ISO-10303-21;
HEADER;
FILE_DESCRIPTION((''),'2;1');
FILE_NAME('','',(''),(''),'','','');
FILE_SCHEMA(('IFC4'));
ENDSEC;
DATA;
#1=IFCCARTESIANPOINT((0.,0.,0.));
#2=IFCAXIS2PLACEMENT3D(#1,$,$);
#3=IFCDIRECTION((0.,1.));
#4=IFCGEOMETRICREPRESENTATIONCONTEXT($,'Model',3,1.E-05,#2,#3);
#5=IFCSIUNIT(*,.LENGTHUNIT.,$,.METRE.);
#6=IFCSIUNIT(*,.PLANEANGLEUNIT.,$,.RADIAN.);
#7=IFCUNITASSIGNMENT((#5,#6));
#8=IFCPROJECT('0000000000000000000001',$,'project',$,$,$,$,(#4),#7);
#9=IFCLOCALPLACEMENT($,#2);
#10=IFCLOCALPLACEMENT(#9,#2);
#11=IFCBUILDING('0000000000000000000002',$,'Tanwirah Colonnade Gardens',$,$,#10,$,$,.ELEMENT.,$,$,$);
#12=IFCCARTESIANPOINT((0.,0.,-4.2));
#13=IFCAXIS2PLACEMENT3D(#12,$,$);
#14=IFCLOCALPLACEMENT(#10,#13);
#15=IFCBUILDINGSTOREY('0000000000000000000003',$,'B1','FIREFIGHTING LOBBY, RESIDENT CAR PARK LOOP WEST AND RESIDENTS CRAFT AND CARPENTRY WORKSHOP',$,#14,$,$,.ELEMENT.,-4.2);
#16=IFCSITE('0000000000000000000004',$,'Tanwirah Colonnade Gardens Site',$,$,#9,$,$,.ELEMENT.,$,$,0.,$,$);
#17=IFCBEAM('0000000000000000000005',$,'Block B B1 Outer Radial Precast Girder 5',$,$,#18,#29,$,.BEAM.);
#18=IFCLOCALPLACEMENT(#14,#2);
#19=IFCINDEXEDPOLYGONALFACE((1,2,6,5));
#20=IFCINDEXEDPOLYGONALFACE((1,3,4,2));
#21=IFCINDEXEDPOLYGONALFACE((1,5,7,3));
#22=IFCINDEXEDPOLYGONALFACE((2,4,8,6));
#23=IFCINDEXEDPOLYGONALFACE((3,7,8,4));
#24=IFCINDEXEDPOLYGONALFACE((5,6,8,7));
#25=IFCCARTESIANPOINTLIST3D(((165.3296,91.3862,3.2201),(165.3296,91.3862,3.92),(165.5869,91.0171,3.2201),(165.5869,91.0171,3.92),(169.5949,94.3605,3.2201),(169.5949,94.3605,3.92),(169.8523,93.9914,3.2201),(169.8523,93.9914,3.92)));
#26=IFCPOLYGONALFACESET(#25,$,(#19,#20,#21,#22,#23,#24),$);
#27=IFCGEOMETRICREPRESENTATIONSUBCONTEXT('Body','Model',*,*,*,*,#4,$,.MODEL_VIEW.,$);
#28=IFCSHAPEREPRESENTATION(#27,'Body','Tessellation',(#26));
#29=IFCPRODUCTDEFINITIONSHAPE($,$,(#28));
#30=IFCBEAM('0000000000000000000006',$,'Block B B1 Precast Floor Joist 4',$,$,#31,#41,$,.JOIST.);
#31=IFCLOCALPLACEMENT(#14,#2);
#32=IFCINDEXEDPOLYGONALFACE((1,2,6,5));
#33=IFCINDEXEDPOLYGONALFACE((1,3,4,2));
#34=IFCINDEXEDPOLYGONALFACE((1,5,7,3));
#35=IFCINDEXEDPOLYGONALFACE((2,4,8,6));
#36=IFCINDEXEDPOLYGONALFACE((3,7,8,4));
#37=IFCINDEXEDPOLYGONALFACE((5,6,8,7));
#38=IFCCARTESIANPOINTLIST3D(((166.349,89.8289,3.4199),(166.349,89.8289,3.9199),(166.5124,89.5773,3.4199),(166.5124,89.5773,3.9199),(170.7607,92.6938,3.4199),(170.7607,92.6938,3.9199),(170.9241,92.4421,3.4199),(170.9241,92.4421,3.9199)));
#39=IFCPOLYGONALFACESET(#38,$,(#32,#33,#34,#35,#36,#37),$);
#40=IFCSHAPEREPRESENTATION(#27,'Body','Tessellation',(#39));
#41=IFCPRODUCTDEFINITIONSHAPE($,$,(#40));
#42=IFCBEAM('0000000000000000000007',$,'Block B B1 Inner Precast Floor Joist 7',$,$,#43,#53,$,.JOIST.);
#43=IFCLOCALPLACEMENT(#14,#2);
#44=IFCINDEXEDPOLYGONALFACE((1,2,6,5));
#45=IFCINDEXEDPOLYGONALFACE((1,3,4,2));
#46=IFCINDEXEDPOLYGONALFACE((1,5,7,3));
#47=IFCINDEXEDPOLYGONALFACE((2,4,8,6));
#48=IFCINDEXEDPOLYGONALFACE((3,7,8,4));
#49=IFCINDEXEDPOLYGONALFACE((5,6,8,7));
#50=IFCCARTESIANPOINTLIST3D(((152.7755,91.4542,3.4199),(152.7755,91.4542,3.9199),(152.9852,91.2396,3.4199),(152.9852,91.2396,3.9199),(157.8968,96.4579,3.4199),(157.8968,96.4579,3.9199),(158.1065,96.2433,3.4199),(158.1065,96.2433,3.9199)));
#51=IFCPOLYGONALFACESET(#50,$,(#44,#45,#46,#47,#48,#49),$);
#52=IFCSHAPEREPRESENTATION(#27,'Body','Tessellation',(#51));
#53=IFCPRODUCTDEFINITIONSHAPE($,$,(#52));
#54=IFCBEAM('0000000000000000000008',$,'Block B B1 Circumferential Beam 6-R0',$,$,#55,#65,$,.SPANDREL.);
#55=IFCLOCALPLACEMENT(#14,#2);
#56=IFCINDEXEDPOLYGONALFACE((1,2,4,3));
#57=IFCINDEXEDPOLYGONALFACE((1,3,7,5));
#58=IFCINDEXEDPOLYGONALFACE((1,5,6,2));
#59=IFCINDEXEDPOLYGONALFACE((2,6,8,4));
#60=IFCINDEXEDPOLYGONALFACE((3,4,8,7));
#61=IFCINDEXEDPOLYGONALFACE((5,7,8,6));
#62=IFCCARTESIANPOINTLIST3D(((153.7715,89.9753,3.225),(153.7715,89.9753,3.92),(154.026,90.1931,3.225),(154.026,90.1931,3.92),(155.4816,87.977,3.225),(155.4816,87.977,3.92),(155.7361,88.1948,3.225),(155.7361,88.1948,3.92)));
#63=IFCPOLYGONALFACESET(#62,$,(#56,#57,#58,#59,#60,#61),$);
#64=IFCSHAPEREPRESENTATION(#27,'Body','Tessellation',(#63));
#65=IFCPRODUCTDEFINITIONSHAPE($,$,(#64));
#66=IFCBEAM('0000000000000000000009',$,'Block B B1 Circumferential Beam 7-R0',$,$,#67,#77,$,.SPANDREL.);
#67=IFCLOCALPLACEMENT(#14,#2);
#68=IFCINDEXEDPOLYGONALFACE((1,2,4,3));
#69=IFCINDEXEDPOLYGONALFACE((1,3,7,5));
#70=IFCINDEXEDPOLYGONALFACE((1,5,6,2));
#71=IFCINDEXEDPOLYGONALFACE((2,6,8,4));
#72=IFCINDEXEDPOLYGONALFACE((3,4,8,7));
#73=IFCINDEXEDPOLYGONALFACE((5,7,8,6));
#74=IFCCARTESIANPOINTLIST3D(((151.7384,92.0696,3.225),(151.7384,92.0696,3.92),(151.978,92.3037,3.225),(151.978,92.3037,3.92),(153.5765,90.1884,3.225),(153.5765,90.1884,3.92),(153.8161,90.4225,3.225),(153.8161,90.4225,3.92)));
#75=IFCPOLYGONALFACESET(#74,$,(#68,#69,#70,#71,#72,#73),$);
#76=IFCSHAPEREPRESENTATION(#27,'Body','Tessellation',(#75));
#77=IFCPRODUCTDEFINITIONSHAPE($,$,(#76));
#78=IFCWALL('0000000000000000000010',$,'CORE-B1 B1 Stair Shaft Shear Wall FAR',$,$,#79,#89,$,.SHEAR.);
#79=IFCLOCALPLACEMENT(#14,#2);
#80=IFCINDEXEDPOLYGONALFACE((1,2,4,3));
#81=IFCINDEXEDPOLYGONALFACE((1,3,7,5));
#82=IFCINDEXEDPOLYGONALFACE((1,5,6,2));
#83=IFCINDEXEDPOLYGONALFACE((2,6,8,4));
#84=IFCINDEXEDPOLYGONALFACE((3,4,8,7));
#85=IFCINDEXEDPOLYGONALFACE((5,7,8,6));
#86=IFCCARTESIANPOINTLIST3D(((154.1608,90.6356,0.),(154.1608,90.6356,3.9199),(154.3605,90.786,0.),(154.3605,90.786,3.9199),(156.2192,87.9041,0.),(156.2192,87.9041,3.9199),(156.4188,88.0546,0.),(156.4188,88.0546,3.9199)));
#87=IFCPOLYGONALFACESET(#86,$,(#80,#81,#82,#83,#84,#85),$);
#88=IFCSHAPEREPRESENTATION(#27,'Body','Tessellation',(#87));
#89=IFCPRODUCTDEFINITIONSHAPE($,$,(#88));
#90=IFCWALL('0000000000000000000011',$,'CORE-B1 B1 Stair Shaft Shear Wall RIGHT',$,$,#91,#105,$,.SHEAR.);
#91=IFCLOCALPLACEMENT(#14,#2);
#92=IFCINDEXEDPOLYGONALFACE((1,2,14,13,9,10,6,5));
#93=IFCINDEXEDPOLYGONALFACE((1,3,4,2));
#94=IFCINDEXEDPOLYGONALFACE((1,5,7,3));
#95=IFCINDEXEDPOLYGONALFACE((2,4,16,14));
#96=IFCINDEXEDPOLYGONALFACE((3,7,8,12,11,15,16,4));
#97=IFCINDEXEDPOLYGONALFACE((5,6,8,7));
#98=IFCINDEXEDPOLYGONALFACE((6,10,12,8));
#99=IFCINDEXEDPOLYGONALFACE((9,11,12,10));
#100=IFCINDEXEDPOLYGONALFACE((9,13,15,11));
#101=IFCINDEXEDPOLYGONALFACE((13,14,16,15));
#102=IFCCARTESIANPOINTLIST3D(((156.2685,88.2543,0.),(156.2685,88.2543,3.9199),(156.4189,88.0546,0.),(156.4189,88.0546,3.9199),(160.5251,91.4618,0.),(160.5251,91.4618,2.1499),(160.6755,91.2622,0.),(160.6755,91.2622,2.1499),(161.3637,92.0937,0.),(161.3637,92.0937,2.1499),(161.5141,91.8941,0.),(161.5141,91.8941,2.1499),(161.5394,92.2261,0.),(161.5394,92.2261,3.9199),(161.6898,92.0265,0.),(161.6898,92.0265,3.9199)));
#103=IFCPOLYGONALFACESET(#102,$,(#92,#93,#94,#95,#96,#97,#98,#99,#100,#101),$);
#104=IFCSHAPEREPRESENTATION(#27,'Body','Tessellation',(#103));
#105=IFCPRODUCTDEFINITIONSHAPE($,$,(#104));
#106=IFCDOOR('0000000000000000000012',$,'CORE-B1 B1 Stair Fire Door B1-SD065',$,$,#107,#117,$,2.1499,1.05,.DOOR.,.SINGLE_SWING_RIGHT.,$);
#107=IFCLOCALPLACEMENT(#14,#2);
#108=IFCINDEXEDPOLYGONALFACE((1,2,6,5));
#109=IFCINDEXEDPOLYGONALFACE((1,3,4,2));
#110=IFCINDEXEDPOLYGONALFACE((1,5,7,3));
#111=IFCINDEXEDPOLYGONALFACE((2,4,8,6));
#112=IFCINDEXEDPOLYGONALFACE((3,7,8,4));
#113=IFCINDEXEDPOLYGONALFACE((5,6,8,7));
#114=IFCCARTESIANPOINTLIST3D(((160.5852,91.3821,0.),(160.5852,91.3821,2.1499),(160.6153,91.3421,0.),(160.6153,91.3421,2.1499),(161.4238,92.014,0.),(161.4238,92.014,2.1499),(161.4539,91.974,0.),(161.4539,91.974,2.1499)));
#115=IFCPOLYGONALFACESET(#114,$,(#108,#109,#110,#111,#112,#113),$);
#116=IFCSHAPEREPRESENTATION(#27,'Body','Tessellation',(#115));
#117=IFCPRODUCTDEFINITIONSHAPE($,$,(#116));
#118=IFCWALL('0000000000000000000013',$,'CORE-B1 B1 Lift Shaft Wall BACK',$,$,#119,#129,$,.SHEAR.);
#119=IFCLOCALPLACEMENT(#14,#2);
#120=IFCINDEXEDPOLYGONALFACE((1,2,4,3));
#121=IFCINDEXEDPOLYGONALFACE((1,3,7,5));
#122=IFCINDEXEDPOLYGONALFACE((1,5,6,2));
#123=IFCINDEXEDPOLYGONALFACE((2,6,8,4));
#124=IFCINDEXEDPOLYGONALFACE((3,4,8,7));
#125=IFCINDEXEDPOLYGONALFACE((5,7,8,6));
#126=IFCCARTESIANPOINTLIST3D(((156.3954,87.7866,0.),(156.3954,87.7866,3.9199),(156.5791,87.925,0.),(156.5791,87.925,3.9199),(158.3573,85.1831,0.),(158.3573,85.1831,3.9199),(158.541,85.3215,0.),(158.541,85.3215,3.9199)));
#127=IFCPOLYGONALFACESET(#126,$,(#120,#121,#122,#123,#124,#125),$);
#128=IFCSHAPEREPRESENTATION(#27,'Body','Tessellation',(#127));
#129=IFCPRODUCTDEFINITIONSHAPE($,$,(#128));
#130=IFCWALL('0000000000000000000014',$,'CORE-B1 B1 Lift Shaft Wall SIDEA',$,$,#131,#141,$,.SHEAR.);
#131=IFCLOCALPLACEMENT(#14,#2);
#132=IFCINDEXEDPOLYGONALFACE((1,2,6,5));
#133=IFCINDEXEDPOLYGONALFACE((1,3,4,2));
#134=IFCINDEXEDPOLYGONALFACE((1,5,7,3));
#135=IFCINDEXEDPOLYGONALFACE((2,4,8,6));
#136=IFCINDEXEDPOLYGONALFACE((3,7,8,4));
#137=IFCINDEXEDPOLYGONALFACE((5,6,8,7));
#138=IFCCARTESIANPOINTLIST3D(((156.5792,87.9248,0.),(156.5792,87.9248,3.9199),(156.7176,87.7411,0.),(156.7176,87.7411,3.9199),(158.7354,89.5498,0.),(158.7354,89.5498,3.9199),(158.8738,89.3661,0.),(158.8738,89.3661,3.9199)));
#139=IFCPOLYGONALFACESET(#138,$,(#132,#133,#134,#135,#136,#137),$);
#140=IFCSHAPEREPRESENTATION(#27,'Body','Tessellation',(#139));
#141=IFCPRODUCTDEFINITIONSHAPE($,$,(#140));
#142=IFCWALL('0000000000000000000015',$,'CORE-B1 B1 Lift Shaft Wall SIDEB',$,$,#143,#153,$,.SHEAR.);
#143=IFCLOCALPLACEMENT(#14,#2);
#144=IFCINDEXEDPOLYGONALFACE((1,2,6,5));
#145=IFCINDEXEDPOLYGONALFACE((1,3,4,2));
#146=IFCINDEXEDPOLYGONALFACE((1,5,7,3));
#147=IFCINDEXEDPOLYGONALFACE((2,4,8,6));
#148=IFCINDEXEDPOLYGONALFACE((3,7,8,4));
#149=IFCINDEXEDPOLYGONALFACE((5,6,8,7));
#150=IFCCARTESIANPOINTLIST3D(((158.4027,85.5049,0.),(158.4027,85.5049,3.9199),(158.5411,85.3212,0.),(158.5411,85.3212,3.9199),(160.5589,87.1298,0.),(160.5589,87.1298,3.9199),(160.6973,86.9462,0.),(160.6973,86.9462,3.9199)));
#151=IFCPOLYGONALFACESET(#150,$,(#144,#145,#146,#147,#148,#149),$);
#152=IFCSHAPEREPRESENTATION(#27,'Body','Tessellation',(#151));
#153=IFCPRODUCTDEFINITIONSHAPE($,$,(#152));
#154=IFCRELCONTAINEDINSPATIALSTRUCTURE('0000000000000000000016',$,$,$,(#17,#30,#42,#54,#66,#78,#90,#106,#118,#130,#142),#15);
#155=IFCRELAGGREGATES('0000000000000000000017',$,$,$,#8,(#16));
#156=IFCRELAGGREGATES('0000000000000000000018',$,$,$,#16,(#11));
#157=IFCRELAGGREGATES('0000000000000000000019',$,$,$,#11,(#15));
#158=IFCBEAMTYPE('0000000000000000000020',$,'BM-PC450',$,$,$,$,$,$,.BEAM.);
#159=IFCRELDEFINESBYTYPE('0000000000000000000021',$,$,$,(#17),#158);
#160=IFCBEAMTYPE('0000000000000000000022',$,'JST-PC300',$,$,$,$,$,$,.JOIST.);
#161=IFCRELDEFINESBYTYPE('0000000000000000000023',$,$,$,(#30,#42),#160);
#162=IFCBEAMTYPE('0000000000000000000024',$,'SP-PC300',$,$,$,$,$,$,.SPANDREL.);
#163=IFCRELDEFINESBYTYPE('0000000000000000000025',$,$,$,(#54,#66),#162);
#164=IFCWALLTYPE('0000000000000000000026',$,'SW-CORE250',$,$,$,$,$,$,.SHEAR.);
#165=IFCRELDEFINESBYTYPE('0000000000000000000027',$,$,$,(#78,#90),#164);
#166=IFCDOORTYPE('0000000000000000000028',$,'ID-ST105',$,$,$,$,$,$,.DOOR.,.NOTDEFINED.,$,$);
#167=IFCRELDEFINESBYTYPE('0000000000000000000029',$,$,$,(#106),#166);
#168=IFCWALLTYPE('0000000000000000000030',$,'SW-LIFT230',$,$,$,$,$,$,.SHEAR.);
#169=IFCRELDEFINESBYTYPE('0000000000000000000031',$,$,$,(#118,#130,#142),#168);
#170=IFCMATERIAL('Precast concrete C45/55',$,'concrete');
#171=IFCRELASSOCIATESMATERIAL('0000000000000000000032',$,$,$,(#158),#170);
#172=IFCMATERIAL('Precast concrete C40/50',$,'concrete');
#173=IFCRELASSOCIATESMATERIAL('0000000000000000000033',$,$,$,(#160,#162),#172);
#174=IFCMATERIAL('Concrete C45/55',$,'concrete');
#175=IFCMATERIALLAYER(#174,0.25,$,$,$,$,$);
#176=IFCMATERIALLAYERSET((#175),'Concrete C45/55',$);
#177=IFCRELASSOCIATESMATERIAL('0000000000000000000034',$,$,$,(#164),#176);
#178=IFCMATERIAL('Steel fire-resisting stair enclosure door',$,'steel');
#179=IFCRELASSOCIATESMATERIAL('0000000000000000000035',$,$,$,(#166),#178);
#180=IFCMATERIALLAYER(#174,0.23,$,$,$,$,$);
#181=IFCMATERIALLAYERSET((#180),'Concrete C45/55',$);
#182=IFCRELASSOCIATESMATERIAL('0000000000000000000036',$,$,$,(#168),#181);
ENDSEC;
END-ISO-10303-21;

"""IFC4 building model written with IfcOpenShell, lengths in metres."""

from ifc_helpers import new_model, si_unit, direction, frame, frame_2d, origin, origin_2d, place, context, subcontext, project, spatial, rectangle, extrude, material, layer, layer_set, material_profile, profile_set, type_object, element, fill, save


model = new_model("IFC4")

# Units and contexts
model_context = context("Model", 3, precision=1e-05, world=origin(), true_north=direction((0.0, 1.0)))
body_context = subcontext(model_context, "Body", "Model", "MODEL_VIEW")
ifc_project = project(units=[si_unit("LENGTHUNIT", "METRE"), si_unit("PLANEANGLEUNIT", "RADIAN")], contexts=[model_context])

# Site, building, storey
site_placement = place(None, origin())
site = spatial("IfcSite", under=ifc_project, at=site_placement, Name="Tanwirah Colonnade Gardens Site", CompositionType="ELEMENT", RefElevation=0.0)
building_placement = place(site_placement, origin())
building = spatial("IfcBuilding", under=site, at=building_placement, Name="Tanwirah Colonnade Gardens", CompositionType="ELEMENT")
storey_placement = place(building_placement, frame((0.0, 0.0, -4.2)))
storey = spatial("IfcBuildingStorey", under=building, at=storey_placement, Name="B1", Description="FIREFIGHTING LOBBY, RESIDENT CAR PARK LOOP WEST AND RESIDENTS CRAFT AND CARPENTRY WORKSHOP", CompositionType="ELEMENT", Elevation=-4.2)

# Shared definitions
ifc_material_1 = material(Name="Concrete C45/55", Category="concrete")

# Beams
ifc_material_2 = material(Name="Precast concrete C40/50", Category="concrete")
ifc_material_3 = material(Name="Precast concrete C45/55", Category="concrete")
ifc_material_profile_1 = material_profile(ifc_material_3, rectangle(XDim=0.45, YDim=0.7, at=origin_2d()), Name="PC-BM 450x700")
ifc_profile_set_1 = profile_set([ifc_material_profile_1], Name="Precast concrete C45/55")
beam_type_1 = type_object("IfcBeamType", Name="BM-PC450", PredefinedType="BEAM", material=ifc_profile_set_1)
beam_1_placement = place(storey_placement, frame((165.4583, 91.2017, 3.5701), z_axis=(0.820261, 0.57199, 0.0), x_axis=(-0.57199, 0.820261, 0.0)))
element("IfcBeam", 1, at=beam_1_placement, inside=storey, type_object=beam_type_1, Name="Block B B1 Outer Radial Precast Girder 5", PredefinedType="BEAM", context=body_context, shape_type="SweptSolid", body=[
    extrude(rectangle(XDim=0.45, YDim=0.7, at=origin_2d()), origin(), (0.0, 0.0, 1.0), 5.2),
])
ifc_material_profile_2 = material_profile(ifc_material_2, rectangle(XDim=0.3, YDim=0.5, at=origin_2d()), Name="PC-JST 300x500")
ifc_profile_set_2 = profile_set([ifc_material_profile_2], Name="Precast concrete C40/50")
beam_type_2 = type_object("IfcBeamType", Name="JST-PC300", PredefinedType="JOIST", material=ifc_profile_set_2)
beam_2_placement = place(storey_placement, frame((166.4307, 89.7031, 3.6699), z_axis=(0.838687, 0.544613, 0.0), x_axis=(-0.544613, 0.838687, 0.0)))
element("IfcBeam", 2, at=beam_2_placement, inside=storey, type_object=beam_type_2, Name="Block B B1 Precast Floor Joist 4", PredefinedType="JOIST", context=body_context, shape_type="SweptSolid", body=[
    extrude(rectangle(XDim=0.3, YDim=0.5, at=origin_2d()), origin(), (0.0, 0.0, 1.0), 5.2603),
])
beam_3_placement = place(storey_placement, frame((152.8804, 91.3469, 3.6699), z_axis=(0.715277, 0.698841, 0.0), x_axis=(-0.698841, 0.715277, 0.0)))
element("IfcBeam", 3, at=beam_3_placement, inside=storey, type_object=beam_type_2, Name="Block B B1 Inner Precast Floor Joist 7", PredefinedType="JOIST", context=body_context, shape_type="SweptSolid", body=[
    extrude(rectangle(XDim=0.3, YDim=0.5, at=origin_2d()), origin(), (0.0, 0.0, 1.0), 7.1599),
])
ifc_material_profile_3 = material_profile(ifc_material_2, rectangle(XDim=0.335, YDim=0.6951, at=origin_2d()), Name="PC-SP 335x695")
ifc_profile_set_3 = profile_set([ifc_material_profile_3], Name="Precast concrete C40/50")
beam_type_3 = type_object("IfcBeamType", Name="SP-PC300", PredefinedType="SPANDREL", material=ifc_profile_set_3)
for number, where, z_axis, x_axis, name in (
    (4, (155.6089, 88.0859, 3.5725), (-0.650218, 0.759748, 0.0), (-0.759748, -0.650218, 0.0), "Block B B1 Circumferential Beam 6-R0"),
    (5, (153.6963, 90.3054, 3.5725), (-0.698844, 0.715274, 0.0), (-0.715274, -0.698844, 0.0), "Block B B1 Circumferential Beam 7-R0"),
):
    element("IfcBeam", number, at=place(storey_placement, frame(where, z_axis=z_axis, x_axis=x_axis)), inside=storey, type_object=beam_type_3, Name=name, PredefinedType="SPANDREL", context=body_context, shape_type="SweptSolid", body=[
        extrude(rectangle(XDim=0.335, YDim=0.6951, at=origin_2d()), origin(), (0.0, 0.0, 1.0), 2.6301),
    ])

# Wall
ifc_layer_1 = layer(ifc_material_1, 0.25)
ifc_layer_set_1 = layer_set([ifc_layer_1], Name="Concrete C45/55")
wall_type_1 = type_object("IfcWallType", Name="SW-CORE250", PredefinedType="SHEAR", material=ifc_layer_set_1)
wall_1_placement = place(storey_placement, frame((154.2607, 90.7107, 0.0), z_axis=(0.0, 0.0, 1.0), x_axis=(0.601826, -0.798627, 0.0)))
element("IfcWall", 6, at=wall_1_placement, inside=storey, type_object=wall_type_1, Name="CORE-B1 B1 Stair Shaft Shear Wall FAR", PredefinedType="SHEAR", context=body_context, shape_type="SweptSolid", body=[
    extrude(rectangle(XDim=3.4202, YDim=0.25, at=frame_2d((1.71, 0.0))), origin(), (0.0, 0.0, 1.0), 3.9199),
])

# Wall, opening, door
wall_2_placement = place(storey_placement, frame((161.6145, 92.1262, 0.0), z_axis=(0.0, 0.0, 1.0), x_axis=(-0.79864, -0.60181, 0.0)))
wall_2 = element("IfcWall", 7, at=wall_2_placement, inside=storey, type_object=wall_type_1, Name="CORE-B1 B1 Stair Shaft Shear Wall RIGHT", PredefinedType="SHEAR", context=body_context, shape_type="SweptSolid", body=[
    extrude(rectangle(XDim=6.5999, YDim=0.25, at=frame_2d((3.2998, 0.0))), origin(), (0.0, 0.0, 1.0), 3.9199),
])
opening_1_placement = place(wall_2_placement, frame((0.22, 0.0, 0.0)))
opening_1 = element("IfcOpeningElement", 8, at=opening_1_placement, cuts=wall_2, PredefinedType="OPENING", context=body_context, shape_type="SweptSolid", body=[
    extrude(rectangle(XDim=1.05, YDim=2.1499, at=frame_2d((0.5249, 1.075))), frame((0.0, 0.135, 0.0), z_axis=(0.0, -1.0, 0.0), x_axis=(1.0, 0.0, 0.0)), (0.0, 0.0, 1.0), 0.27),
])
ifc_material_4 = material(Name="Steel fire-resisting stair enclosure door", Category="steel")
door_type_1 = type_object("IfcDoorType", Name="ID-ST105", OperationType="NOTDEFINED", PredefinedType="DOOR", material=ifc_material_4)
door_1_placement = place(opening_1_placement, origin())
door_1 = element("IfcDoor", 9, at=door_1_placement, inside=storey, type_object=door_type_1, Name="CORE-B1 B1 Stair Fire Door B1-SD065", OperationType="SINGLE_SWING_RIGHT", OverallHeight=2.1499, OverallWidth=1.05, PredefinedType="DOOR", context=body_context, shape_type="SweptSolid", body=[
    extrude(rectangle(XDim=1.05, YDim=2.1499, at=frame_2d((0.5249, 1.075))), frame((0.0, 0.0249, 0.0), z_axis=(0.0, -1.0, 0.0), x_axis=(1.0, 0.0, 0.0)), (0.0, 0.0, 1.0), 0.05),
])
fill(opening_1, door_1)
ifc_layer_2 = layer(ifc_material_1, 0.23)
ifc_layer_set_2 = layer_set([ifc_layer_2], Name="Concrete C45/55")
wall_type_2 = type_object("IfcWallType", Name="SW-LIFT230", PredefinedType="SHEAR", material=ifc_layer_set_2)

# Walls
wall_3_placement = place(storey_placement, frame((156.4873, 87.8557, 0.0), z_axis=(0.0, 0.0, 1.0), x_axis=(0.60182, -0.798632, 0.0)))
element("IfcWall", 10, at=wall_3_placement, inside=storey, type_object=wall_type_2, Name="CORE-B1 B1 Lift Shaft Wall BACK", PredefinedType="SHEAR", context=body_context, shape_type="SweptSolid", body=[
    extrude(rectangle(XDim=3.26, YDim=0.23, at=frame_2d((1.6299, 0.0))), origin(), (0.0, 0.0, 1.0), 3.9199),
])
for number, where, z_axis, x_axis, name in (
    (11, (158.8047, 89.458, 0.0), (0.0, 0.0, 1.0), (-0.798609, -0.60185, 0.0), "CORE-B1 B1 Lift Shaft Wall SIDEA"),
    (12, (160.6282, 87.0381, 0.0), (0.0, 0.0, 1.0), (-0.798609, -0.60185, 0.0), "CORE-B1 B1 Lift Shaft Wall SIDEB"),
):
    element("IfcWall", number, at=place(storey_placement, frame(where, z_axis=z_axis, x_axis=x_axis)), inside=storey, type_object=wall_type_2, Name=name, PredefinedType="SHEAR", context=body_context, shape_type="SweptSolid", body=[
        extrude(rectangle(XDim=2.7, YDim=0.23, at=frame_2d((1.3501, 0.0))), origin(), (0.0, 0.0, 1.0), 3.9199),
    ])

save(model, "model.ifc")
